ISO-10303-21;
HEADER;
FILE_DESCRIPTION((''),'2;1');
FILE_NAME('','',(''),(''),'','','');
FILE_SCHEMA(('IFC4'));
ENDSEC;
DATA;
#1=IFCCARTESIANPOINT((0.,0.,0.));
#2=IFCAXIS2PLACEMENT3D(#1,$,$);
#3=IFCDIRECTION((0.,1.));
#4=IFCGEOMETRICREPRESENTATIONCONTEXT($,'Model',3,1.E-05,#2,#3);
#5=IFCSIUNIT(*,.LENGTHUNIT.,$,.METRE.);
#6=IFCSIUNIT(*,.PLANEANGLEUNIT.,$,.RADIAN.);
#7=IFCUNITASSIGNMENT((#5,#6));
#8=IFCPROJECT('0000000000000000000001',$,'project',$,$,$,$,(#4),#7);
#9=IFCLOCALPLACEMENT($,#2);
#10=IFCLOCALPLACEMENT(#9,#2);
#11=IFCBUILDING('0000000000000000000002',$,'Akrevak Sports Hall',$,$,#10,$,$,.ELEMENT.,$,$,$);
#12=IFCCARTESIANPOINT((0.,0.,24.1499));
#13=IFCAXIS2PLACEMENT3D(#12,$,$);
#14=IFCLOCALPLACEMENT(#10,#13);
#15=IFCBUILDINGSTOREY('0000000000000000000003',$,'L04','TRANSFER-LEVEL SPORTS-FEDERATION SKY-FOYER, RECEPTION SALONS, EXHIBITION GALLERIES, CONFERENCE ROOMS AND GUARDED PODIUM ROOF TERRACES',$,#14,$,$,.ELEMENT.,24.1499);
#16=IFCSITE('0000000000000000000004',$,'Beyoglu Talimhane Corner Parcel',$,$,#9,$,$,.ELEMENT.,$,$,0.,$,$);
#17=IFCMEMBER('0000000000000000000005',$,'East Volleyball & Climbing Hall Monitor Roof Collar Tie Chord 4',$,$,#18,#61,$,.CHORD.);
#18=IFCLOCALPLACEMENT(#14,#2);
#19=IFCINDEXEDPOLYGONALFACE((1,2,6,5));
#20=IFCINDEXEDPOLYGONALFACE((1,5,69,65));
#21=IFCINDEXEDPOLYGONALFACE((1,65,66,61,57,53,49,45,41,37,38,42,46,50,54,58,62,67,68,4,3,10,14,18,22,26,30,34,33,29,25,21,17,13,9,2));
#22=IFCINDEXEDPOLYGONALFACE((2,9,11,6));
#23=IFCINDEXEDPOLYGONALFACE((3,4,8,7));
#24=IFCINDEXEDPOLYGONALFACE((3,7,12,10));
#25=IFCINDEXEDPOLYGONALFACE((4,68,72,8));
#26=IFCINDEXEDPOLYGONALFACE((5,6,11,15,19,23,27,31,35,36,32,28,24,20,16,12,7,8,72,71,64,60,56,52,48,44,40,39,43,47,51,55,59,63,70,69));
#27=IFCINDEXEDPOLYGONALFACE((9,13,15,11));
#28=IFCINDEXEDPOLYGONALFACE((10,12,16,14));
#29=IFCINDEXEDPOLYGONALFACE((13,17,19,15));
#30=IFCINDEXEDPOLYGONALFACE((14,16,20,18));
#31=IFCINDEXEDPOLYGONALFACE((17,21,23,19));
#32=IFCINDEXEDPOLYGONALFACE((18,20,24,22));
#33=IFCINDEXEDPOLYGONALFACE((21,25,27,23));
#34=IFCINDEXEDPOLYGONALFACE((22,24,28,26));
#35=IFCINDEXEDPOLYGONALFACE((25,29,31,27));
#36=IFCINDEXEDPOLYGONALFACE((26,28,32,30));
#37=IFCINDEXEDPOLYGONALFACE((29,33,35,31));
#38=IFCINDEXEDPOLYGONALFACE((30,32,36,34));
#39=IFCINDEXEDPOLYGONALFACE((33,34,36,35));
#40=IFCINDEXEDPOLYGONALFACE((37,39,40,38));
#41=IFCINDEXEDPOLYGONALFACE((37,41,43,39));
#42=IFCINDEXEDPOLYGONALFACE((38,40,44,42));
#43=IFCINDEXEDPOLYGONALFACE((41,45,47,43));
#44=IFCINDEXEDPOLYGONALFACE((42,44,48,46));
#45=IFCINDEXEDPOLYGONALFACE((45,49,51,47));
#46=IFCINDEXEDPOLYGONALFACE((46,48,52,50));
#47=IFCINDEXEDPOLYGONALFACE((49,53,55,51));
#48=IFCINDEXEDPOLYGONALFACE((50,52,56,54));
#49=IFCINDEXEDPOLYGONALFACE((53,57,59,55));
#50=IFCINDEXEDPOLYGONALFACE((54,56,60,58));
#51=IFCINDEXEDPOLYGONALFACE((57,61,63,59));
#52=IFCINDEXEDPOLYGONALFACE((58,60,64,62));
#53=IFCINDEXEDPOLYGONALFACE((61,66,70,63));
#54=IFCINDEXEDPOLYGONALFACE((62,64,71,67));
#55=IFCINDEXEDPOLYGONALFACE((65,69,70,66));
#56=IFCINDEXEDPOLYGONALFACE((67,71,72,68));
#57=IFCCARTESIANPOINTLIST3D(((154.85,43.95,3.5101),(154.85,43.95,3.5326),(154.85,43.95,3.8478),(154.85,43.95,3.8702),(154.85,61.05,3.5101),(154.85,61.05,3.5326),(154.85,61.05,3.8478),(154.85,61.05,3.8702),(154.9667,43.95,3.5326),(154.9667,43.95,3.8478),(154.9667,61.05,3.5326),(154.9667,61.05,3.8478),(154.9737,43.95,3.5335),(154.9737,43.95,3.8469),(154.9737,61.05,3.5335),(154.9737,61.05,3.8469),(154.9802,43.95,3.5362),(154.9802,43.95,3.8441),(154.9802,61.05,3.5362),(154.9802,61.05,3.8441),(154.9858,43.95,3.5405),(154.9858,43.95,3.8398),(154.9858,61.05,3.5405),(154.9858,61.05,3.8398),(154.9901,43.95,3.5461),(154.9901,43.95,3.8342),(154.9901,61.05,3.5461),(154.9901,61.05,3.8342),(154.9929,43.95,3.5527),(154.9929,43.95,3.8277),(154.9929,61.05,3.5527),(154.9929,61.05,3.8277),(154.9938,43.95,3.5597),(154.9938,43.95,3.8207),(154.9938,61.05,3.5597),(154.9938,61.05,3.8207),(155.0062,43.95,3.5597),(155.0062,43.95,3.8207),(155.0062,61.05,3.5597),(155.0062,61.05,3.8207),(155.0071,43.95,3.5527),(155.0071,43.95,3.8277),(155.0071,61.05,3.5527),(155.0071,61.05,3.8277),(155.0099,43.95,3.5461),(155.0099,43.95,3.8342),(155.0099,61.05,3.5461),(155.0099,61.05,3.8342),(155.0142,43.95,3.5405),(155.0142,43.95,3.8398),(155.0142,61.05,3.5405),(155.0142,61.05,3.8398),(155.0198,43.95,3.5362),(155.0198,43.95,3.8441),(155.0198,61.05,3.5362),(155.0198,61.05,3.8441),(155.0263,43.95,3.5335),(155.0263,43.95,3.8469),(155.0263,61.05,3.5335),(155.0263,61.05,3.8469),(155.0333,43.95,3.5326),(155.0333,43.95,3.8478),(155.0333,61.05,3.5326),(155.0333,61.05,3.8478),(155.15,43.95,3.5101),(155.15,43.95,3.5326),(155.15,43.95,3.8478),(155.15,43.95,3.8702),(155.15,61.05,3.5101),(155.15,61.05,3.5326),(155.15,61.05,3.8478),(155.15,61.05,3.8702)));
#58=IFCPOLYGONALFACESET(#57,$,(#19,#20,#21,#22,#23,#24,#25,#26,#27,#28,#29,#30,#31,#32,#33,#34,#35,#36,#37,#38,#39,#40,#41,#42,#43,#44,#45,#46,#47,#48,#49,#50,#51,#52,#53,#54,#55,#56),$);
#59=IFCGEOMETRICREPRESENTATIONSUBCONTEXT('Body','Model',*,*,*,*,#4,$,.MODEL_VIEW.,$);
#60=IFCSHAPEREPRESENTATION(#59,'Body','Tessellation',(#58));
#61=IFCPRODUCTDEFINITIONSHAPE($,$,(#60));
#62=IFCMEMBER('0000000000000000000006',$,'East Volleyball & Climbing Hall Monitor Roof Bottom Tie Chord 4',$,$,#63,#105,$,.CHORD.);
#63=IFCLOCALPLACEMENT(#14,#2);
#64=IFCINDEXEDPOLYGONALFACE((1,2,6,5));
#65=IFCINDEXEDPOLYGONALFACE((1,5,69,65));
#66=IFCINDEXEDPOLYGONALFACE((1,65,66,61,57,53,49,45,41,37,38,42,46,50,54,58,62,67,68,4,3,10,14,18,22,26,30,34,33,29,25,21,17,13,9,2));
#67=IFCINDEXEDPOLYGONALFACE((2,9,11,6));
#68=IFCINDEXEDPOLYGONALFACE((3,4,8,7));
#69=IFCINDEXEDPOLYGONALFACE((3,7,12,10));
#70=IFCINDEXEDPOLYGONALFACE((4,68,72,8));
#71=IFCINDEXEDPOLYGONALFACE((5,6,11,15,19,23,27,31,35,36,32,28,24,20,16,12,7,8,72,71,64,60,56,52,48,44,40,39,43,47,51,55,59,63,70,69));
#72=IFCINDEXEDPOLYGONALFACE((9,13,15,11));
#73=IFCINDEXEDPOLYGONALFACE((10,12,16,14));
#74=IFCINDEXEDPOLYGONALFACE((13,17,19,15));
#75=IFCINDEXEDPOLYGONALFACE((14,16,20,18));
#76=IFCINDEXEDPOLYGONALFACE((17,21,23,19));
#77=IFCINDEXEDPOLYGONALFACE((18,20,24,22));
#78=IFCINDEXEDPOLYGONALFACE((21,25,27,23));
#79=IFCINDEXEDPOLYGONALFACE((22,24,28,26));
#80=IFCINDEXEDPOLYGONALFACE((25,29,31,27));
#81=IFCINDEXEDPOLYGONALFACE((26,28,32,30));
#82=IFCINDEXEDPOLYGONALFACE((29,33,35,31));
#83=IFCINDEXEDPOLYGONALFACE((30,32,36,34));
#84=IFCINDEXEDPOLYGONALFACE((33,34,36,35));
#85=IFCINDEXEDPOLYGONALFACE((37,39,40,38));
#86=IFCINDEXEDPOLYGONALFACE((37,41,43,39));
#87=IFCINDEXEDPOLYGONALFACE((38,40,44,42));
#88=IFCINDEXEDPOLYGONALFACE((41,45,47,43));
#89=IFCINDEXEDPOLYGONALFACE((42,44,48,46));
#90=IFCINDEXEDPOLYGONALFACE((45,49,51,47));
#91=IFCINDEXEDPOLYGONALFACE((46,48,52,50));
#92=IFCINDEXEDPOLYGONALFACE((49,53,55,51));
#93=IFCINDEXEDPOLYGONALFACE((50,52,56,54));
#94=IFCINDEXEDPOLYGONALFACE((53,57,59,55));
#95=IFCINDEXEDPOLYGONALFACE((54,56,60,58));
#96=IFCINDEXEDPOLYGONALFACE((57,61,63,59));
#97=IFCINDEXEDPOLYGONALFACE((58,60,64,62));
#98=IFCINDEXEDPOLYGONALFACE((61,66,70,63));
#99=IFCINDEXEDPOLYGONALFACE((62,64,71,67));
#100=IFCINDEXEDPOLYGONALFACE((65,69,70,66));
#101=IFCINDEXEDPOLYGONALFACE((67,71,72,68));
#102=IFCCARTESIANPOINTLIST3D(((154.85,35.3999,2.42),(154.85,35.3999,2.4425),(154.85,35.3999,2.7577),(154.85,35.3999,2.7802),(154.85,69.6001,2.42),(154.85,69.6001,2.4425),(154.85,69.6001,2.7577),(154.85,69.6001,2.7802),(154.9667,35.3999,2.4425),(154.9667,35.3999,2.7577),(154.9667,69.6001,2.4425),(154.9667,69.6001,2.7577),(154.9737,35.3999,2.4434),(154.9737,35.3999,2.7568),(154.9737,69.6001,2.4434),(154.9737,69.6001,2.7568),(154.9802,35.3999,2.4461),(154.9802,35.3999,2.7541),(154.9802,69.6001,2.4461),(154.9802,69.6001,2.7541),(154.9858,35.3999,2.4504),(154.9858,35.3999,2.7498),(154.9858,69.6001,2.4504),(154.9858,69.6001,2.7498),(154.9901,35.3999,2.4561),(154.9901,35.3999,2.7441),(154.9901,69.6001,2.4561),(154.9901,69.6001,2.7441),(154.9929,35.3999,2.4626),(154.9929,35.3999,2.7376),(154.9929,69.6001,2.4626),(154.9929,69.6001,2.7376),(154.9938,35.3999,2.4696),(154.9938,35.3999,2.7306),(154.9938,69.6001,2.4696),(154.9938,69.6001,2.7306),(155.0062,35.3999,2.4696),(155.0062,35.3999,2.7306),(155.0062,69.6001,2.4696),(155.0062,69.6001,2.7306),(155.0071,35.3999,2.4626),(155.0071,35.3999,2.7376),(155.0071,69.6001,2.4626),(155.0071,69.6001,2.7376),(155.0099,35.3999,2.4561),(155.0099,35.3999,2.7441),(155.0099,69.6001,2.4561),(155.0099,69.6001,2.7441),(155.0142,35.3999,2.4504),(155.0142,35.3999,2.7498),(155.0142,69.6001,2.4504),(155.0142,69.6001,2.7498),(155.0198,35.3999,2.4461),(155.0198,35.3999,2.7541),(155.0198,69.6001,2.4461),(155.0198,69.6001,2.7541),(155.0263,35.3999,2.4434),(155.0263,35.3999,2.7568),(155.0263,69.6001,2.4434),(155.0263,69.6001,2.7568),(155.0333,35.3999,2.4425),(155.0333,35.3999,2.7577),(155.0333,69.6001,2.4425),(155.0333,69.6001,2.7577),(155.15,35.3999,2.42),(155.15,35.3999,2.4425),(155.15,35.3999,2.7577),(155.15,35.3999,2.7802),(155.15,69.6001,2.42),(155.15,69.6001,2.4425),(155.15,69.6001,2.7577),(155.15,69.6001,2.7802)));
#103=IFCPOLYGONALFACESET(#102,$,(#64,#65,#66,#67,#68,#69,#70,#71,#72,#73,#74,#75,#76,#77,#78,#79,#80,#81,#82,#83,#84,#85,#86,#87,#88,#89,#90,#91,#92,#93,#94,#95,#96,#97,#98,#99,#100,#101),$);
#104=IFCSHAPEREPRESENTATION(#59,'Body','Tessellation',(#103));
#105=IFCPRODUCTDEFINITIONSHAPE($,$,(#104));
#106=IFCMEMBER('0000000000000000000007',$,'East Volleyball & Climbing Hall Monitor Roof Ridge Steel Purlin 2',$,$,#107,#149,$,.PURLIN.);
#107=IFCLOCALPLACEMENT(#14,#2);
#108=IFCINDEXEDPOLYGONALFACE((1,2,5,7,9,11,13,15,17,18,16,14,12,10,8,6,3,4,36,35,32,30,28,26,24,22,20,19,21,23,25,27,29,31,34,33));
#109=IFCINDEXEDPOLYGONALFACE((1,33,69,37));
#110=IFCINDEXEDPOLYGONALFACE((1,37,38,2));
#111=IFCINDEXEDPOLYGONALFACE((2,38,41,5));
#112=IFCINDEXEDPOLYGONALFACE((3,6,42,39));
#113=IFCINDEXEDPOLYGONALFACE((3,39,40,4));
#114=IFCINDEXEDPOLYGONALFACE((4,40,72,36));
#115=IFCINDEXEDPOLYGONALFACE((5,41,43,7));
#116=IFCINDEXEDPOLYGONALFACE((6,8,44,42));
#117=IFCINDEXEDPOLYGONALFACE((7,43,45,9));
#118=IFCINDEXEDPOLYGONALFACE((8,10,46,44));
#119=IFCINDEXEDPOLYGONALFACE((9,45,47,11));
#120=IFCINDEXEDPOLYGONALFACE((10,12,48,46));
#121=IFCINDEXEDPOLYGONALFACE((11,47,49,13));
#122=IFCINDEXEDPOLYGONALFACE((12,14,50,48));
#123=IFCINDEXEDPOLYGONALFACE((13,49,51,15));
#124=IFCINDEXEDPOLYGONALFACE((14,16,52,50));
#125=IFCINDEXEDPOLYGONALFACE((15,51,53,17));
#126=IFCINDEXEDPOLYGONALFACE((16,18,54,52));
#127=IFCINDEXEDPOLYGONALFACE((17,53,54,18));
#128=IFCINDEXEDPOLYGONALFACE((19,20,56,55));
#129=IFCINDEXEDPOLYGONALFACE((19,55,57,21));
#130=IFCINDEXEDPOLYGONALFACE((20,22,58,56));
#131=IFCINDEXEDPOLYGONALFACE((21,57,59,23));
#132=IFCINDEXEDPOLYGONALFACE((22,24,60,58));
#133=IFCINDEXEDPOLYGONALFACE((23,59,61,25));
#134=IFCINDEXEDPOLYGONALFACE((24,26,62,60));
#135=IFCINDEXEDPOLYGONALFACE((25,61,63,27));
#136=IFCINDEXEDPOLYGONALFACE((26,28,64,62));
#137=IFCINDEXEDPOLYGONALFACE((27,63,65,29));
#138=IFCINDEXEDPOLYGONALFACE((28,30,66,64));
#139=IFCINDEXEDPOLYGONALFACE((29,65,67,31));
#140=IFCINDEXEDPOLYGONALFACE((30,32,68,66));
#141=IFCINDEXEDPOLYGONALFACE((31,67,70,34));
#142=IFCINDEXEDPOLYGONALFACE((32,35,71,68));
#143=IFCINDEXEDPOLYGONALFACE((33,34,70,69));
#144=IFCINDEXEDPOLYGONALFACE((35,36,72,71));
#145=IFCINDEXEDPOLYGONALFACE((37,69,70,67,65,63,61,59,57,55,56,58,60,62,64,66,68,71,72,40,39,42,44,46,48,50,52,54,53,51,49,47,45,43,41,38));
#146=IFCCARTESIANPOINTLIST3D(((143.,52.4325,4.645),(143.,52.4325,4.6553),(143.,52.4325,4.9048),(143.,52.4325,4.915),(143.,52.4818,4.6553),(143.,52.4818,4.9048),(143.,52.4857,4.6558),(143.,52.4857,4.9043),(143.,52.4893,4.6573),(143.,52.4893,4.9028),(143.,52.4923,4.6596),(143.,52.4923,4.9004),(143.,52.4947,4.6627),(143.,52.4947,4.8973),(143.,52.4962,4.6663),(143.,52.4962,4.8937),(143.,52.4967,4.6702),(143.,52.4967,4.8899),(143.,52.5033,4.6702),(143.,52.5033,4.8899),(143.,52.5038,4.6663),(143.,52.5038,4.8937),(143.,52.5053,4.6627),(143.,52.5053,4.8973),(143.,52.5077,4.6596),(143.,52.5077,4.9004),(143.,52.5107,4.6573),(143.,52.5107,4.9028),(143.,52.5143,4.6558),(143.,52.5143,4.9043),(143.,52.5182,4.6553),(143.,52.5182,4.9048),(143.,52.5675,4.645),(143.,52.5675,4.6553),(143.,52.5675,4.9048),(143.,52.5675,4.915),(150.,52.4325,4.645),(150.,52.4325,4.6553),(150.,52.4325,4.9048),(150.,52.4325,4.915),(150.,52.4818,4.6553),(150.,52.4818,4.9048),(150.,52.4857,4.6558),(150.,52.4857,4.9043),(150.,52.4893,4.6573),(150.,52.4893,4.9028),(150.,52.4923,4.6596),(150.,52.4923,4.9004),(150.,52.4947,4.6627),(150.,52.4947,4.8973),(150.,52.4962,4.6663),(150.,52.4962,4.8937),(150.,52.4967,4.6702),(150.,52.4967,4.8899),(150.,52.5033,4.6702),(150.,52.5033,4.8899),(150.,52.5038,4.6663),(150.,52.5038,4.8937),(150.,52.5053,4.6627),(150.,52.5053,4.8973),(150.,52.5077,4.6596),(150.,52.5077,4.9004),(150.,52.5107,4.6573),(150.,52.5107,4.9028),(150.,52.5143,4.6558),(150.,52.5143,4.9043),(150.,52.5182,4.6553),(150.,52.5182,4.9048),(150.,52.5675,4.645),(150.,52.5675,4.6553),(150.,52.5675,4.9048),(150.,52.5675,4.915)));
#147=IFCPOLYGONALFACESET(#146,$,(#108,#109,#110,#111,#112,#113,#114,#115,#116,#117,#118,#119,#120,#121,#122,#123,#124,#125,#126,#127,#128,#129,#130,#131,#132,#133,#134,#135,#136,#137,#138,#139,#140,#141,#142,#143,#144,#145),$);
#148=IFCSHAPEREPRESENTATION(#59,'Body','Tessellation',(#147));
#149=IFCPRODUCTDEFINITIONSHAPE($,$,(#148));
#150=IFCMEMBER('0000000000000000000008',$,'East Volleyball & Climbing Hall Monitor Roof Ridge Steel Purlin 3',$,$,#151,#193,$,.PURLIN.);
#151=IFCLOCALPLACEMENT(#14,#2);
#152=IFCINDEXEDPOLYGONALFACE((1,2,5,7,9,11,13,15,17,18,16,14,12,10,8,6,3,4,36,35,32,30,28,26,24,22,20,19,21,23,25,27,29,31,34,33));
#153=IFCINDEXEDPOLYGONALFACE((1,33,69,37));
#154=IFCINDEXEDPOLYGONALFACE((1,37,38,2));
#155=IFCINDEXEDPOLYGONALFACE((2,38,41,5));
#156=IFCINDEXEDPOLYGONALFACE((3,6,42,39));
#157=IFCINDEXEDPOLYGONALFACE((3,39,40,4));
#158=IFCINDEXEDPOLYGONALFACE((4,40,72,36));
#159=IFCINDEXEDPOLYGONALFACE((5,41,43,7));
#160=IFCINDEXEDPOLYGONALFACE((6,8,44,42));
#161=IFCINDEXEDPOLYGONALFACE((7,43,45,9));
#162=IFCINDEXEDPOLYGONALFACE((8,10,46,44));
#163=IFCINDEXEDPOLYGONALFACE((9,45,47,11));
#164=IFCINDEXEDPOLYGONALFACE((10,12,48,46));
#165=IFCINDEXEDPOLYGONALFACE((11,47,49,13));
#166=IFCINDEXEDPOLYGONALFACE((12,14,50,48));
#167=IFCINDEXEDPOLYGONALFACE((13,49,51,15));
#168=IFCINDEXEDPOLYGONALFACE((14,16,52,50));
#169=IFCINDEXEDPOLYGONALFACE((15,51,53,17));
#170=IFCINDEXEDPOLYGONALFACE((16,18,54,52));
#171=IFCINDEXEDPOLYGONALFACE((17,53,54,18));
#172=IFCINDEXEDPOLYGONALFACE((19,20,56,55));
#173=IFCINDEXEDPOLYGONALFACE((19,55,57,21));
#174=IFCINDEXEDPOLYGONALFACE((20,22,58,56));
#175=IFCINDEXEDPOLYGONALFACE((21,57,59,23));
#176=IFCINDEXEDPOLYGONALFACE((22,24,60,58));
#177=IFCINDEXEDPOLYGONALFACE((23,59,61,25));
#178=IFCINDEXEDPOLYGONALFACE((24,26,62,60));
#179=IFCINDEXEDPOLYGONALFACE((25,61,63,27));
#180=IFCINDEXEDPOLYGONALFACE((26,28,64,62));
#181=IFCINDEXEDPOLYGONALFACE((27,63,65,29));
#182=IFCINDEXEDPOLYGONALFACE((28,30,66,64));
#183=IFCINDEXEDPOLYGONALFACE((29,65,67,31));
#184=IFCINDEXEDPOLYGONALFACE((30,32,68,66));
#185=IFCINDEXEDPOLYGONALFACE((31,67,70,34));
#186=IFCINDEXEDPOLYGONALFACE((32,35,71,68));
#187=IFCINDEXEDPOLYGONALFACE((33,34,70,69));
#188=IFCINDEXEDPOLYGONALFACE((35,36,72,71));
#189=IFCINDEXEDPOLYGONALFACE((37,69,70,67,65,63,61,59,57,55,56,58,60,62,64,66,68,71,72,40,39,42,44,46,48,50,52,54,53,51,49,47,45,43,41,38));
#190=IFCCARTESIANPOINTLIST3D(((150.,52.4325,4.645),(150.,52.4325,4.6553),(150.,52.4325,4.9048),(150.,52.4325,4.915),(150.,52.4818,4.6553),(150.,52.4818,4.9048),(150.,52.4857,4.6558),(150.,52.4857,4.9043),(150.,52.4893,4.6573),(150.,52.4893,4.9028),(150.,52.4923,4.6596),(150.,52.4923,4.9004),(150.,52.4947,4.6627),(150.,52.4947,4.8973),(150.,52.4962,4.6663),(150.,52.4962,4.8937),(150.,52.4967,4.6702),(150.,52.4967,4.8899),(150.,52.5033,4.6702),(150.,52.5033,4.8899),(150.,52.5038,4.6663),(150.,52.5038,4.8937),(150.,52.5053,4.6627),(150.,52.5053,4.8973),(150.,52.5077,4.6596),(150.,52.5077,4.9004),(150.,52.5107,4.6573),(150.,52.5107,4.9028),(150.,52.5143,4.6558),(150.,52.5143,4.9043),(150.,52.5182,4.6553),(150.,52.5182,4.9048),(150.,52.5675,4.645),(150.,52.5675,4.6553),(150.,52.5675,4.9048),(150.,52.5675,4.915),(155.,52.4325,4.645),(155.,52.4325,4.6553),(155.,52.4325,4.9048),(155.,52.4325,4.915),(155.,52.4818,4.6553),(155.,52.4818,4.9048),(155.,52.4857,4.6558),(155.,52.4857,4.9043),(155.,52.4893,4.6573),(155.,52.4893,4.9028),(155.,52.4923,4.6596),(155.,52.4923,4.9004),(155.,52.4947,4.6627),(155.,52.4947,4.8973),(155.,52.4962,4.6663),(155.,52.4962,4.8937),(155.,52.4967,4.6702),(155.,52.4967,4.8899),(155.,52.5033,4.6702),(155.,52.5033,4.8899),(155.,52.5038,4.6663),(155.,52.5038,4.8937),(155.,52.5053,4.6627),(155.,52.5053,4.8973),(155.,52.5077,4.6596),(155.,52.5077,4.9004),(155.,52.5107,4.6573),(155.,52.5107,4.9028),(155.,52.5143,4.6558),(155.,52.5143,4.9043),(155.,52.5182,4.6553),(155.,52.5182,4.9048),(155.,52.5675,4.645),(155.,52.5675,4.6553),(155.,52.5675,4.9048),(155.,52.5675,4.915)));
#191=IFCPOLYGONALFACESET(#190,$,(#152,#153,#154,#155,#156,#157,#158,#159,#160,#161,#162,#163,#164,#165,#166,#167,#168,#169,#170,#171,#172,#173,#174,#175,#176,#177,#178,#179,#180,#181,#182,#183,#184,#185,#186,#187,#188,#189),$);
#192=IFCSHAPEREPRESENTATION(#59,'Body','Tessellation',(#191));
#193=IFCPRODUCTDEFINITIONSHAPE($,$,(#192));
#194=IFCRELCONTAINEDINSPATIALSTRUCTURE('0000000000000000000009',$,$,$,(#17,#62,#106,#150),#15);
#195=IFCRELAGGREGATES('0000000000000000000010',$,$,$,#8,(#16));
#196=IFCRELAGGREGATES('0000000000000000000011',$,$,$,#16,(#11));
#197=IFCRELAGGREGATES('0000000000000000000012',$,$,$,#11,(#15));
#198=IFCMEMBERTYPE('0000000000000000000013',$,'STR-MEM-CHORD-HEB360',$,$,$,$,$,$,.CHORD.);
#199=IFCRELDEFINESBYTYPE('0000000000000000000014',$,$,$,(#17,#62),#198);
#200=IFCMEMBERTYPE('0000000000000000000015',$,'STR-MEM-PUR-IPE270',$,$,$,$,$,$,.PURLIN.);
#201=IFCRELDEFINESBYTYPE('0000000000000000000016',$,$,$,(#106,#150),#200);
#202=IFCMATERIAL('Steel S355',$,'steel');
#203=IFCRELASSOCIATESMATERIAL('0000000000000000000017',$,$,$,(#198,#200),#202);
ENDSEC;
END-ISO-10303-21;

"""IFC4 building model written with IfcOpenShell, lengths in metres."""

from ifc_helpers import new_model, si_unit, direction, frame, origin, origin_2d, place, context, subcontext, project, spatial, i_section, extrude, material, material_profile, profile_set, type_object, element, save


model = new_model("IFC4")

# Units and contexts
model_context = context("Model", 3, precision=1e-05, world=origin(), true_north=direction((0.0, 1.0)))
body_context = subcontext(model_context, "Body", "Model", "MODEL_VIEW")
ifc_project = project(units=[si_unit("LENGTHUNIT", "METRE"), si_unit("PLANEANGLEUNIT", "RADIAN")], contexts=[model_context])

# Site, building, storey
site_placement = place(None, origin())
site = spatial("IfcSite", under=ifc_project, at=site_placement, Name="Beyoglu Talimhane Corner Parcel", CompositionType="ELEMENT", RefElevation=0.0)
building_placement = place(site_placement, origin())
building = spatial("IfcBuilding", under=site, at=building_placement, Name="Akrevak Sports Hall", CompositionType="ELEMENT")
storey_placement = place(building_placement, frame((0.0, 0.0, 24.1499)))
storey = spatial("IfcBuildingStorey", under=building, at=storey_placement, Name="L04", Description="TRANSFER-LEVEL SPORTS-FEDERATION SKY-FOYER, RECEPTION SALONS, EXHIBITION GALLERIES, CONFERENCE ROOMS AND GUARDED PODIUM ROOF TERRACES", CompositionType="ELEMENT", Elevation=24.1499)

# Members
ifc_material_1 = material(Name="Steel S355", Category="steel")
ifc_material_profile_1 = material_profile(ifc_material_1, i_section(OverallWidth=0.3, OverallDepth=0.3601, WebThickness=0.0125, FlangeThickness=0.0225, FilletRadius=0.0271, at=origin_2d()), Name="HEB 360", Category="steel")
ifc_profile_set_1 = profile_set([ifc_material_profile_1], Name="Steel S355")
member_type_1 = type_object("IfcMemberType", Name="STR-MEM-CHORD-HEB360", PredefinedType="CHORD", material=ifc_profile_set_1)
member_1_placement = place(storey_placement, frame((155.0, 43.95, 3.6902), z_axis=(0.0, 1.0, 0.0), x_axis=(-1.0, 0.0, 0.0)))
element("IfcMember", 1, at=member_1_placement, inside=storey, type_object=member_type_1, Name="East Volleyball & Climbing Hall Monitor Roof Collar Tie Chord 4", PredefinedType="CHORD", context=body_context, shape_type="SweptSolid", body=[
    extrude(i_section(OverallWidth=0.3, OverallDepth=0.3601, WebThickness=0.0125, FlangeThickness=0.0225, FilletRadius=0.0271, at=origin_2d()), origin(), (0.0, 0.0, 1.0), 17.1001),
])
member_2_placement = place(storey_placement, frame((155.0, 35.3999, 2.6001), z_axis=(0.0, 1.0, 0.0), x_axis=(-1.0, 0.0, 0.0)))
element("IfcMember", 2, at=member_2_placement, inside=storey, type_object=member_type_1, Name="East Volleyball & Climbing Hall Monitor Roof Bottom Tie Chord 4", PredefinedType="CHORD", context=body_context, shape_type="SweptSolid", body=[
    extrude(i_section(OverallWidth=0.3, OverallDepth=0.3601, WebThickness=0.0125, FlangeThickness=0.0225, FilletRadius=0.0271, at=origin_2d()), origin(), (0.0, 0.0, 1.0), 34.2002),
])
ifc_material_profile_2 = material_profile(ifc_material_1, i_section(OverallWidth=0.135, OverallDepth=0.27, WebThickness=0.0066, FlangeThickness=0.0103, FilletRadius=0.0149, at=origin_2d()), Name="IPE 270", Category="steel")
ifc_profile_set_2 = profile_set([ifc_material_profile_2], Name="Steel S355")
member_type_2 = type_object("IfcMemberType", Name="STR-MEM-PUR-IPE270", PredefinedType="PURLIN", material=ifc_profile_set_2)
member_3_placement = place(storey_placement, frame((143.0, 52.5, 4.78), z_axis=(1.0, 0.0, 0.0), x_axis=(0.0, 1.0, 0.0)))
element("IfcMember", 3, at=member_3_placement, inside=storey, type_object=member_type_2, Name="East Volleyball & Climbing Hall Monitor Roof Ridge Steel Purlin 2", PredefinedType="PURLIN", context=body_context, shape_type="SweptSolid", body=[
    extrude(i_section(OverallWidth=0.135, OverallDepth=0.27, WebThickness=0.0066, FlangeThickness=0.0103, FilletRadius=0.0149, at=origin_2d()), origin(), (0.0, 0.0, 1.0), 7.0),
])
member_4_placement = place(storey_placement, frame((150.0, 52.5, 4.78), z_axis=(1.0, 0.0, 0.0), x_axis=(0.0, 1.0, 0.0)))
element("IfcMember", 4, at=member_4_placement, inside=storey, type_object=member_type_2, Name="East Volleyball & Climbing Hall Monitor Roof Ridge Steel Purlin 3", PredefinedType="PURLIN", context=body_context, shape_type="SweptSolid", body=[
    extrude(i_section(OverallWidth=0.135, OverallDepth=0.27, WebThickness=0.0066, FlangeThickness=0.0103, FilletRadius=0.0149, at=origin_2d()), origin(), (0.0, 0.0, 1.0), 5.0),
])

save(model, "model.ifc")
